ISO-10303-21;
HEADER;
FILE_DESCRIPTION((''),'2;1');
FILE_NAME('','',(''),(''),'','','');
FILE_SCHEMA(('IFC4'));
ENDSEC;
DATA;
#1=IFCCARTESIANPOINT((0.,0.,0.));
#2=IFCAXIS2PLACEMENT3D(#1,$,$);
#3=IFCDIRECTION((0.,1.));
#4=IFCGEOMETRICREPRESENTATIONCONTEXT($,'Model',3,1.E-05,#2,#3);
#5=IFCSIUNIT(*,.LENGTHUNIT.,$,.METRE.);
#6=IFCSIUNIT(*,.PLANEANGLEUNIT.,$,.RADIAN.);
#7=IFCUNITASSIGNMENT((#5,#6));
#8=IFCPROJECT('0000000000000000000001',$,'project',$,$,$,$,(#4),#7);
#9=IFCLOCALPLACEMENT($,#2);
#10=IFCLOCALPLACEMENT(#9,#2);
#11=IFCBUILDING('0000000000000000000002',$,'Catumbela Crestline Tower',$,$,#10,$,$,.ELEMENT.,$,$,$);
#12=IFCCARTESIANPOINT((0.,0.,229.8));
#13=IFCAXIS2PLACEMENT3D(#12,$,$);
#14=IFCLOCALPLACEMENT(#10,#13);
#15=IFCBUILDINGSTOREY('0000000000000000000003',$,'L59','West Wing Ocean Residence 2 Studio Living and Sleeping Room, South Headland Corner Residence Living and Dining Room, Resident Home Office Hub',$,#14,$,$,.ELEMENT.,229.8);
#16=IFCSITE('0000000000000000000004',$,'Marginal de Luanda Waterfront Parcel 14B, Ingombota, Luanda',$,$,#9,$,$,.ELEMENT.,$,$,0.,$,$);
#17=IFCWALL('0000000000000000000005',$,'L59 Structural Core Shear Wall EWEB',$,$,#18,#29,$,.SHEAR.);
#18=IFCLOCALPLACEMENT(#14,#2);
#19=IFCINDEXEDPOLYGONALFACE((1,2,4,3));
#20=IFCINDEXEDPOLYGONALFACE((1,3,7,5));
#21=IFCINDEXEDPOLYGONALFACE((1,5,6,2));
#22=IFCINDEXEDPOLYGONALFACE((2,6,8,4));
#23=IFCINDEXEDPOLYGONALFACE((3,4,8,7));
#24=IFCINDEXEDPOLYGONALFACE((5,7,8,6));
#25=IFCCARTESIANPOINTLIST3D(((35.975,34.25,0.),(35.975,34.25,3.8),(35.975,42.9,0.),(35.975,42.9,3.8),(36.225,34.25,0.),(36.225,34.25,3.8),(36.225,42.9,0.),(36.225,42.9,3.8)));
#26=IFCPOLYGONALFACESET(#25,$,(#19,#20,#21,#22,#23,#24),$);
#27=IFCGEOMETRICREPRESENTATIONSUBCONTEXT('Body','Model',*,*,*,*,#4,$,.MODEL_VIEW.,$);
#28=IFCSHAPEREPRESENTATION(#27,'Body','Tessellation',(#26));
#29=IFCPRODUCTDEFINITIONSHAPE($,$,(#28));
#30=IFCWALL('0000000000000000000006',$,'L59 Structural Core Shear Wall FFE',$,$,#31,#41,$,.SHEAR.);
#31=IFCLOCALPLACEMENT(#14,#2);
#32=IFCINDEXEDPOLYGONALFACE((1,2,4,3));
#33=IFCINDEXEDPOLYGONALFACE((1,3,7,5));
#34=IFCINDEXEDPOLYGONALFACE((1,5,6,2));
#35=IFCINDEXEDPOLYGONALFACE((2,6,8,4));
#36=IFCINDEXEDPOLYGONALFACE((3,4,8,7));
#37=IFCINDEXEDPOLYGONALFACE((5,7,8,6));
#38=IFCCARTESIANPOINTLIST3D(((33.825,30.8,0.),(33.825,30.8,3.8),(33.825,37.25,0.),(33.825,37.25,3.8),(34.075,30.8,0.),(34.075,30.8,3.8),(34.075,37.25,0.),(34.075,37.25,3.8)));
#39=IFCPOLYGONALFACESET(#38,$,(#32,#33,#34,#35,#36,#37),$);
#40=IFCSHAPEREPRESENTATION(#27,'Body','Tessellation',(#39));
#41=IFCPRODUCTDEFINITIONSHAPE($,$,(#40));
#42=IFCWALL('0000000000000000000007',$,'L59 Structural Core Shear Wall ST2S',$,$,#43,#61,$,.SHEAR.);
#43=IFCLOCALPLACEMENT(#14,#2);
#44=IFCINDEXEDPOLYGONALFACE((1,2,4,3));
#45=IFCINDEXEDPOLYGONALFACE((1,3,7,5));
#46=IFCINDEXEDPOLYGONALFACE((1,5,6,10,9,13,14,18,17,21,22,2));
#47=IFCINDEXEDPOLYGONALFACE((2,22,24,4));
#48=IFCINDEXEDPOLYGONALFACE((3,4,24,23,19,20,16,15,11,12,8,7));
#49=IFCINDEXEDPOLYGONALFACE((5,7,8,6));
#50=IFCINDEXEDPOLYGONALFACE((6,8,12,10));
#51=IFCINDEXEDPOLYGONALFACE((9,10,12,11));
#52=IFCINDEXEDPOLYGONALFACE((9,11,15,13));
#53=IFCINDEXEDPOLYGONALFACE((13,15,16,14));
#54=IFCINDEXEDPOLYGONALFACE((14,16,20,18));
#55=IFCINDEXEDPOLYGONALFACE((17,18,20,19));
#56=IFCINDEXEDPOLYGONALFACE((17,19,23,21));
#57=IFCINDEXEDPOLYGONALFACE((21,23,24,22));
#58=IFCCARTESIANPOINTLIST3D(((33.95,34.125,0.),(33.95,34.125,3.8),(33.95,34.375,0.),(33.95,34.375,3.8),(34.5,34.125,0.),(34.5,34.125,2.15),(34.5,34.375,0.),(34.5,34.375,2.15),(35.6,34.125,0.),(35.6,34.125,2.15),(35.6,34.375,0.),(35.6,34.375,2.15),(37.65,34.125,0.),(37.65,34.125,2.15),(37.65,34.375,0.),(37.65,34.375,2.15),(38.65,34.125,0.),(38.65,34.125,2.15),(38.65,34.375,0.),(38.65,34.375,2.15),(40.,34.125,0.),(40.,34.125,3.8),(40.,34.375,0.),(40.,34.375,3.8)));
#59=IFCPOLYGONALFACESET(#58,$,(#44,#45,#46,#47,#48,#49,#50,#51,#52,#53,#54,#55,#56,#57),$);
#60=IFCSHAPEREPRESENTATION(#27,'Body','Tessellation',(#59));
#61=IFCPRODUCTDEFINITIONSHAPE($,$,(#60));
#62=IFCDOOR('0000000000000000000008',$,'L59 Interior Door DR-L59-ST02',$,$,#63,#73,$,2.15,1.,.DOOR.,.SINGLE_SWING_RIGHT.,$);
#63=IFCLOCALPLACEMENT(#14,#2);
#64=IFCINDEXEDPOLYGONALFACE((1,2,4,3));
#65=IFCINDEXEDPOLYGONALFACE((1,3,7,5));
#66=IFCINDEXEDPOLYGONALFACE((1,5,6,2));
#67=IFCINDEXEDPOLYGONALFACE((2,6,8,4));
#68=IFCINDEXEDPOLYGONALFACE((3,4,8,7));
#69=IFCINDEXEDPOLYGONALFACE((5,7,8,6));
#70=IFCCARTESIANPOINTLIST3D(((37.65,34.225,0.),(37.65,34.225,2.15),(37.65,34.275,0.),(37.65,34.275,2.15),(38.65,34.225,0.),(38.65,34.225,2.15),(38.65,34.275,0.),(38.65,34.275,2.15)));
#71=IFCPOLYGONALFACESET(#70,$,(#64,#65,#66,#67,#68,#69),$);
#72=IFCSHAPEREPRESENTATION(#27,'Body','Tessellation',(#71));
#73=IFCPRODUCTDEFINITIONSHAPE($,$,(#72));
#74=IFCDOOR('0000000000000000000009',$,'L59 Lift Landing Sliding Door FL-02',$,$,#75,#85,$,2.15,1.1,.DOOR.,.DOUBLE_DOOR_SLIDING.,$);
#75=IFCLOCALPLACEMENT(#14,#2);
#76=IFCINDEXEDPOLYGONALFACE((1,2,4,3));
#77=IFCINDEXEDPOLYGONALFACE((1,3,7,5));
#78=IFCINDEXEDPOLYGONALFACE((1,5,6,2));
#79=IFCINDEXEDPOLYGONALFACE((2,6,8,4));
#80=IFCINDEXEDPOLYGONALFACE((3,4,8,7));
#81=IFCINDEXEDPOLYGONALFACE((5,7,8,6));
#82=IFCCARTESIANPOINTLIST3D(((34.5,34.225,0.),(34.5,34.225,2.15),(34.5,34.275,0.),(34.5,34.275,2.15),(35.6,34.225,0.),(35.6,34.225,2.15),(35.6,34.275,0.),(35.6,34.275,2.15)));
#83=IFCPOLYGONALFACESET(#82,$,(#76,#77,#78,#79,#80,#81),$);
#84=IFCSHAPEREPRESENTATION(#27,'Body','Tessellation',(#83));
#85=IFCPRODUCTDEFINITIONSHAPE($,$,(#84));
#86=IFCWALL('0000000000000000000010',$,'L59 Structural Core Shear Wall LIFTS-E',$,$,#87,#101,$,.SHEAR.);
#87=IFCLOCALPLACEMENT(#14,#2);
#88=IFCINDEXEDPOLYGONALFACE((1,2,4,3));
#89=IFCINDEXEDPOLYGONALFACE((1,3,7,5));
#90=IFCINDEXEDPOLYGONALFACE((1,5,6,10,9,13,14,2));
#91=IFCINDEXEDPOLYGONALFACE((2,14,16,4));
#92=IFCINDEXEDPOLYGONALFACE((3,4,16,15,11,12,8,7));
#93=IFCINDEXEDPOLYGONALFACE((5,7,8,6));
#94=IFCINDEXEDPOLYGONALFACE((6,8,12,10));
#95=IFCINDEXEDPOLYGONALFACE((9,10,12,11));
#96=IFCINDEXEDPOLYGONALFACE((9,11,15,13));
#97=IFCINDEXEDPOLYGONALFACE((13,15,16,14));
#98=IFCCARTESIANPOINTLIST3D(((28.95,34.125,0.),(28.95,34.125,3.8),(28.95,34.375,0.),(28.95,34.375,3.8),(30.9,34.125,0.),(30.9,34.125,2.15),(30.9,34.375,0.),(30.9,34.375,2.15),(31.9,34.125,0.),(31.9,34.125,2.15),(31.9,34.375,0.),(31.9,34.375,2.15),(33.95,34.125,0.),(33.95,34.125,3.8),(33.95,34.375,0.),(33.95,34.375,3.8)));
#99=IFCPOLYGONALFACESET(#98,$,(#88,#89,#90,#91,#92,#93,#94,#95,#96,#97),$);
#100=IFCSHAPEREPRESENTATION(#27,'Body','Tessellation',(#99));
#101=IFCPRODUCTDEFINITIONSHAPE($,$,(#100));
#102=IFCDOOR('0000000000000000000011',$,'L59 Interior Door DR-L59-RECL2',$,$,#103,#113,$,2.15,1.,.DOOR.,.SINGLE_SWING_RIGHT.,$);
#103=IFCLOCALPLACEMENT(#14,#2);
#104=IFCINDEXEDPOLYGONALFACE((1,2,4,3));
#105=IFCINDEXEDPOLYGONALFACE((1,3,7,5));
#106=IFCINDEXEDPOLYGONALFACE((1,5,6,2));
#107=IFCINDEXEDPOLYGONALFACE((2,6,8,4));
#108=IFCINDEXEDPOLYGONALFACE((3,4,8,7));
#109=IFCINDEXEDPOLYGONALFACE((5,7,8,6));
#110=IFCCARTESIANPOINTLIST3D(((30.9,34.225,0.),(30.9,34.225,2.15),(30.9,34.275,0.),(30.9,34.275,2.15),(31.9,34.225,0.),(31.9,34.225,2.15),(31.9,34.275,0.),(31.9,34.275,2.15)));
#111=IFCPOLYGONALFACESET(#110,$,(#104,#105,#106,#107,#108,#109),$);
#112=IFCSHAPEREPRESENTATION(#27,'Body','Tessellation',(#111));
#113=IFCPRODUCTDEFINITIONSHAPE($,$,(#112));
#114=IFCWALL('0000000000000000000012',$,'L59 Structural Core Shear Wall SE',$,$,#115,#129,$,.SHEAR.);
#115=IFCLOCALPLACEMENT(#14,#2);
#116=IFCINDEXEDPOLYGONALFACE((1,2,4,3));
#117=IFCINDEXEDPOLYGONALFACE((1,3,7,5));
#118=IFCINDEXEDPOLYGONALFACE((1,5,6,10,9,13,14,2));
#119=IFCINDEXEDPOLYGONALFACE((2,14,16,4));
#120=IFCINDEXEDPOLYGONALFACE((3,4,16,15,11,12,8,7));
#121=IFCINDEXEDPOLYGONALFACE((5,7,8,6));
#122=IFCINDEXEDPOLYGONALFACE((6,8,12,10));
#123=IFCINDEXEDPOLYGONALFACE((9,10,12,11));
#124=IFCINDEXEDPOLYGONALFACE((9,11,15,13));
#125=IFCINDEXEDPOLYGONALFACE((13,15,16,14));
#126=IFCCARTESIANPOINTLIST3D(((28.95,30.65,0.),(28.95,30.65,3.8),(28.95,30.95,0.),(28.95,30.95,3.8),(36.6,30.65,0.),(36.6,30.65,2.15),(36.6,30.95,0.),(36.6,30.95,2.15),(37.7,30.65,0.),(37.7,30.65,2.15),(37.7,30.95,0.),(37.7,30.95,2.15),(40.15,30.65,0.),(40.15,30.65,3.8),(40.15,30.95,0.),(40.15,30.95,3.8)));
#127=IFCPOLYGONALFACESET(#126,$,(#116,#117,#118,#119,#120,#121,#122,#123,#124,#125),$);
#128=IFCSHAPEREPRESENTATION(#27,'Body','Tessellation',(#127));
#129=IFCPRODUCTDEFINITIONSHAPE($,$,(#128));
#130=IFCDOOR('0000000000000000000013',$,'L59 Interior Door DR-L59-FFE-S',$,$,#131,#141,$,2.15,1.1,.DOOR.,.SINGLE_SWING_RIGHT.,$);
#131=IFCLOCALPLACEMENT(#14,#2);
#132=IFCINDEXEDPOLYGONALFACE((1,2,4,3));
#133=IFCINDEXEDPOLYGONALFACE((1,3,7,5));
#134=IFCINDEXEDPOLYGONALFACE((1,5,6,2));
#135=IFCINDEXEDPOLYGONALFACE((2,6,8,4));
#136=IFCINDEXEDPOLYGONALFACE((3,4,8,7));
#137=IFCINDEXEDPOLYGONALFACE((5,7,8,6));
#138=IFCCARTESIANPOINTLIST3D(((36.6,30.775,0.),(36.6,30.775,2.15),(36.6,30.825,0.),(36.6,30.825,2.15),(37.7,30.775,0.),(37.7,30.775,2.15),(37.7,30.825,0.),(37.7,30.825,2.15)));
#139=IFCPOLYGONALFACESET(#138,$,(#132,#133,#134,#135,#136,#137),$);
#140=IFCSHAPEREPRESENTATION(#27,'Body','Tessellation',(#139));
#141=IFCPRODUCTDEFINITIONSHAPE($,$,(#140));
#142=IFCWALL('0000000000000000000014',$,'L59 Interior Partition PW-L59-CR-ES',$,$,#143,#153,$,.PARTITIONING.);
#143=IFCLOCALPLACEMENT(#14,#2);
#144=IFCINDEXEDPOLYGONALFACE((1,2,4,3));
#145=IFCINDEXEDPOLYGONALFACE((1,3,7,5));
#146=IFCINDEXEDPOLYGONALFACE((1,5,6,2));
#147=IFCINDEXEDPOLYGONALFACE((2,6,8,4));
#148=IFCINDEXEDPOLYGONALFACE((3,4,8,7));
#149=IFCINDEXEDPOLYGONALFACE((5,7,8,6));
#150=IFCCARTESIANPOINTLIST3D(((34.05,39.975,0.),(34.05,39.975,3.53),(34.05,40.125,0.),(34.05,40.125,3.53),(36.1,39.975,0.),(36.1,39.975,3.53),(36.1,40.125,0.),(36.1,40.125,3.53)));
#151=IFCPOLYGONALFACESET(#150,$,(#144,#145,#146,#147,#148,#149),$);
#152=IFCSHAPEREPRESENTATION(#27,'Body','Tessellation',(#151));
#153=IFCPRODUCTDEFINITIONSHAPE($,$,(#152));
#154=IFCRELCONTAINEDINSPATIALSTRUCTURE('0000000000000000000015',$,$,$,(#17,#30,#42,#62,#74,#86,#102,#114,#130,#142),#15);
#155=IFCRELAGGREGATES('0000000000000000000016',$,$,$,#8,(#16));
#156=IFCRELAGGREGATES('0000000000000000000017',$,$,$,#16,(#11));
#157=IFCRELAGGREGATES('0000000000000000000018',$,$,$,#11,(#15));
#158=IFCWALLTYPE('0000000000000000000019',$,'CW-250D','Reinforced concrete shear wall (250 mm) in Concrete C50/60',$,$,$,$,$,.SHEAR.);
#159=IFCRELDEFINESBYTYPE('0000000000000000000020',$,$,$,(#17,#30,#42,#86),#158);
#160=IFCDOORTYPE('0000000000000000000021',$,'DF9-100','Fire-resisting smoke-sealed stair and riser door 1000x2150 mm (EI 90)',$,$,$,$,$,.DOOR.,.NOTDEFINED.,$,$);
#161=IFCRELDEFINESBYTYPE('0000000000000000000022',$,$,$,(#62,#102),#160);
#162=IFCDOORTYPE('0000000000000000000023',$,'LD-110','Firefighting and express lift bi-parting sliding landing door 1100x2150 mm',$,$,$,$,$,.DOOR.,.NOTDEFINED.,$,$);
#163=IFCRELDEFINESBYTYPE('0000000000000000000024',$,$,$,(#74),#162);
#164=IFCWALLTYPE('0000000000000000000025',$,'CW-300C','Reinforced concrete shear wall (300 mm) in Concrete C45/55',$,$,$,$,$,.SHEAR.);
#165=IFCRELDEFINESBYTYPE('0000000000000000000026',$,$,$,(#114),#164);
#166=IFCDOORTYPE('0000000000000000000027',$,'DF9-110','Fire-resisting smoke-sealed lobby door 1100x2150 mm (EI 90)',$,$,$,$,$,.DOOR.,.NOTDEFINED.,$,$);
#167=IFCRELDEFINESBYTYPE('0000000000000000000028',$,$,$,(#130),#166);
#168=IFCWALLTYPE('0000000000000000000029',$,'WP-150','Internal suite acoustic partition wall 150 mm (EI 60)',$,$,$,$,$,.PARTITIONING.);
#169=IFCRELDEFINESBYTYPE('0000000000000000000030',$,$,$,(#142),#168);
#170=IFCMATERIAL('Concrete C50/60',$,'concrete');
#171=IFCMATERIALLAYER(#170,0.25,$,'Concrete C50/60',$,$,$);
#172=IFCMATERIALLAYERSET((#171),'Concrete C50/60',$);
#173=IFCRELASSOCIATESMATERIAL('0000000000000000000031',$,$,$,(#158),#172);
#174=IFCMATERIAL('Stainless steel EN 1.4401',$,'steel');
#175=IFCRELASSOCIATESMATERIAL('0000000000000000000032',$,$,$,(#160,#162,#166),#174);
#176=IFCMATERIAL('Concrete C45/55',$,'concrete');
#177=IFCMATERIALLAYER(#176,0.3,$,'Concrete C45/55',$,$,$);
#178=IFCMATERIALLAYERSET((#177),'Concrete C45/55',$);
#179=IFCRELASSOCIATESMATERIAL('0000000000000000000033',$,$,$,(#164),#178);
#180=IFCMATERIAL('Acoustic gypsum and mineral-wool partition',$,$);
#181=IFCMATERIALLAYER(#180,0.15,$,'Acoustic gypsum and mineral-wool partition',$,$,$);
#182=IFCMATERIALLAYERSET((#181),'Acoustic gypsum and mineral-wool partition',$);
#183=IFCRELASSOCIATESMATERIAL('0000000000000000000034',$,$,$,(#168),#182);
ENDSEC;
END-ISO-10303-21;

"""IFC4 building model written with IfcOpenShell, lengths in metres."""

from ifc_helpers import new_model, si_unit, direction, frame, frame_2d, origin, place, context, subcontext, project, spatial, rectangle, extrude, material, layer, layer_set, type_object, element, fill, save


model = new_model("IFC4")

# Units and contexts
model_context = context("Model", 3, precision=1e-05, world=origin(), true_north=direction((0.0, 1.0)))
body_context = subcontext(model_context, "Body", "Model", "MODEL_VIEW")
ifc_project = project(units=[si_unit("LENGTHUNIT", "METRE"), si_unit("PLANEANGLEUNIT", "RADIAN")], contexts=[model_context])

# Site, building, storey
site_placement = place(None, origin())
site = spatial("IfcSite", under=ifc_project, at=site_placement, Name="Marginal de Luanda Waterfront Parcel 14B, Ingombota, Luanda", CompositionType="ELEMENT", RefElevation=0.0)
building_placement = place(site_placement, origin())
building = spatial("IfcBuilding", under=site, at=building_placement, Name="Catumbela Crestline Tower", CompositionType="ELEMENT")
storey_placement = place(building_placement, frame((0.0, 0.0, 229.8)))
storey = spatial("IfcBuildingStorey", under=building, at=storey_placement, Name="L59", Description="West Wing Ocean Residence 2 Studio Living and Sleeping Room, South Headland Corner Residence Living and Dining Room, Resident Home Office Hub", CompositionType="ELEMENT", Elevation=229.8)

# Walls
ifc_material_1 = material(Name="Concrete C50/60", Category="concrete")
ifc_layer_1 = layer(ifc_material_1, 0.25, Name="Concrete C50/60")
ifc_layer_set_1 = layer_set([ifc_layer_1], Name="Concrete C50/60")
wall_type_1 = type_object("IfcWallType", Name="CW-250D", Description="Reinforced concrete shear wall (250 mm) in Concrete C50/60", PredefinedType="SHEAR", material=ifc_layer_set_1)
wall_1_placement = place(storey_placement, frame((36.1, 34.25, 0.0), z_axis=(0.0, 0.0, 1.0), x_axis=(0.0, 1.0, 0.0)))
element("IfcWall", 1, at=wall_1_placement, inside=storey, type_object=wall_type_1, Name="L59 Structural Core Shear Wall EWEB", PredefinedType="SHEAR", context=body_context, shape_type="SweptSolid", body=[
    extrude(rectangle(XDim=8.65, YDim=0.25, at=frame_2d((4.325, 0.0))), origin(), (0.0, 0.0, 1.0), 3.8),
])
wall_2_placement = place(storey_placement, frame((33.95, 30.8, 0.0), z_axis=(0.0, 0.0, 1.0), x_axis=(0.0, 1.0, 0.0)))
element("IfcWall", 2, at=wall_2_placement, inside=storey, type_object=wall_type_1, Name="L59 Structural Core Shear Wall FFE", PredefinedType="SHEAR", context=body_context, shape_type="SweptSolid", body=[
    extrude(rectangle(XDim=6.45, YDim=0.25, at=frame_2d((3.225, 0.0))), origin(), (0.0, 0.0, 1.0), 3.8),
])

# Wall, openings, doors
wall_3_placement = place(storey_placement, frame((33.95, 34.25, 0.0), z_axis=(0.0, 0.0, 1.0), x_axis=(1.0, 0.0, 0.0)))
wall_3 = element("IfcWall", 3, at=wall_3_placement, inside=storey, type_object=wall_type_1, Name="L59 Structural Core Shear Wall ST2S", PredefinedType="SHEAR", context=body_context, shape_type="SweptSolid", body=[
    extrude(rectangle(XDim=6.05, YDim=0.25, at=frame_2d((3.025, 0.0))), origin(), (0.0, 0.0, 1.0), 3.8),
])
opening_1_placement = place(wall_3_placement, frame((3.7, 0.0, 0.0)))
opening_1 = element("IfcOpeningElement", 4, at=opening_1_placement, cuts=wall_3, PredefinedType="OPENING", context=body_context, shape_type="SweptSolid", body=[
    extrude(rectangle(XDim=1.0, YDim=2.15, at=frame_2d((0.5, 1.075))), frame((0.0, 0.135, 0.0), z_axis=(0.0, -1.0, 0.0), x_axis=(1.0, 0.0, 0.0)), (0.0, 0.0, 1.0), 0.27),
])
opening_2_placement = place(wall_3_placement, frame((0.55, 0.0, 0.0)))
opening_2 = element("IfcOpeningElement", 5, at=opening_2_placement, cuts=wall_3, PredefinedType="OPENING", context=body_context, shape_type="SweptSolid", body=[
    extrude(rectangle(XDim=1.1, YDim=2.15, at=frame_2d((0.55, 1.075))), frame((0.0, 0.135, 0.0), z_axis=(0.0, -1.0, 0.0), x_axis=(1.0, 0.0, 0.0)), (0.0, 0.0, 1.0), 0.27),
])
ifc_material_2 = material(Name="Stainless steel EN 1.4401", Category="steel")
door_type_1 = type_object("IfcDoorType", Name="DF9-100", Description="Fire-resisting smoke-sealed stair and riser door 1000x2150 mm (EI 90)", OperationType="NOTDEFINED", PredefinedType="DOOR", material=ifc_material_2)
door_1_placement = place(opening_1_placement, origin())
door_1 = element("IfcDoor", 6, at=door_1_placement, inside=storey, type_object=door_type_1, Name="L59 Interior Door DR-L59-ST02", OperationType="SINGLE_SWING_RIGHT", OverallHeight=2.15, OverallWidth=1.0, PredefinedType="DOOR", context=body_context, shape_type="SweptSolid", body=[
    extrude(rectangle(XDim=1.0, YDim=2.15, at=frame_2d((0.5, 1.075))), frame((0.0, 0.025, 0.0), z_axis=(0.0, -1.0, 0.0), x_axis=(1.0, 0.0, 0.0)), (0.0, 0.0, 1.0), 0.05),
])
fill(opening_1, door_1)
door_type_2 = type_object("IfcDoorType", Name="LD-110", Description="Firefighting and express lift bi-parting sliding landing door 1100x2150 mm", OperationType="NOTDEFINED", PredefinedType="DOOR", material=ifc_material_2)
door_2_placement = place(opening_2_placement, origin())
door_2 = element("IfcDoor", 7, at=door_2_placement, inside=storey, type_object=door_type_2, Name="L59 Lift Landing Sliding Door FL-02", OperationType="DOUBLE_DOOR_SLIDING", OverallHeight=2.15, OverallWidth=1.1, PredefinedType="DOOR", context=body_context, shape_type="SweptSolid", body=[
    extrude(rectangle(XDim=1.1, YDim=2.15, at=frame_2d((0.55, 1.075))), frame((0.0, 0.025, 0.0), z_axis=(0.0, -1.0, 0.0), x_axis=(1.0, 0.0, 0.0)), (0.0, 0.0, 1.0), 0.05),
])
fill(opening_2, door_2)

# Walls, openings, doors
wall_4_placement = place(storey_placement, frame((28.95, 34.25, 0.0), z_axis=(0.0, 0.0, 1.0), x_axis=(1.0, 0.0, 0.0)))
wall_4 = element("IfcWall", 8, at=wall_4_placement, inside=storey, type_object=wall_type_1, Name="L59 Structural Core Shear Wall LIFTS-E", PredefinedType="SHEAR", context=body_context, shape_type="SweptSolid", body=[
    extrude(rectangle(XDim=5.0, YDim=0.25, at=frame_2d((2.5, 0.0))), origin(), (0.0, 0.0, 1.0), 3.8),
])
opening_3_placement = place(wall_4_placement, frame((1.95, 0.0, 0.0)))
opening_3 = element("IfcOpeningElement", 9, at=opening_3_placement, cuts=wall_4, PredefinedType="OPENING", context=body_context, shape_type="SweptSolid", body=[
    extrude(rectangle(XDim=1.0, YDim=2.15, at=frame_2d((0.5, 1.075))), frame((0.0, 0.135, 0.0), z_axis=(0.0, -1.0, 0.0), x_axis=(1.0, 0.0, 0.0)), (0.0, 0.0, 1.0), 0.27),
])
door_3_placement = place(opening_3_placement, origin())
door_3 = element("IfcDoor", 10, at=door_3_placement, inside=storey, type_object=door_type_1, Name="L59 Interior Door DR-L59-RECL2", OperationType="SINGLE_SWING_RIGHT", OverallHeight=2.15, OverallWidth=1.0, PredefinedType="DOOR", context=body_context, shape_type="SweptSolid", body=[
    extrude(rectangle(XDim=1.0, YDim=2.15, at=frame_2d((0.5, 1.075))), frame((0.0, 0.025, 0.0), z_axis=(0.0, -1.0, 0.0), x_axis=(1.0, 0.0, 0.0)), (0.0, 0.0, 1.0), 0.05),
])
fill(opening_3, door_3)
ifc_material_3 = material(Name="Concrete C45/55", Category="concrete")
ifc_layer_2 = layer(ifc_material_3, 0.3, Name="Concrete C45/55")
ifc_layer_set_2 = layer_set([ifc_layer_2], Name="Concrete C45/55")
wall_type_2 = type_object("IfcWallType", Name="CW-300C", Description="Reinforced concrete shear wall (300 mm) in Concrete C45/55", PredefinedType="SHEAR", material=ifc_layer_set_2)
wall_5_placement = place(storey_placement, frame((28.95, 30.8, 0.0), z_axis=(0.0, 0.0, 1.0), x_axis=(1.0, 0.0, 0.0)))
wall_5 = element("IfcWall", 11, at=wall_5_placement, inside=storey, type_object=wall_type_2, Name="L59 Structural Core Shear Wall SE", PredefinedType="SHEAR", context=body_context, shape_type="SweptSolid", body=[
    extrude(rectangle(XDim=11.2, YDim=0.3, at=frame_2d((5.6, 0.0))), origin(), (0.0, 0.0, 1.0), 3.8),
])
opening_4_placement = place(wall_5_placement, frame((7.65, 0.0, 0.0)))
opening_4 = element("IfcOpeningElement", 12, at=opening_4_placement, cuts=wall_5, PredefinedType="OPENING", context=body_context, shape_type="SweptSolid", body=[
    extrude(rectangle(XDim=1.1, YDim=2.15, at=frame_2d((0.55, 1.075))), frame((0.0, 0.16, 0.0), z_axis=(0.0, -1.0, 0.0), x_axis=(1.0, 0.0, 0.0)), (0.0, 0.0, 1.0), 0.32),
])
door_type_3 = type_object("IfcDoorType", Name="DF9-110", Description="Fire-resisting smoke-sealed lobby door 1100x2150 mm (EI 90)", OperationType="NOTDEFINED", PredefinedType="DOOR", material=ifc_material_2)
door_4_placement = place(opening_4_placement, origin())
door_4 = element("IfcDoor", 13, at=door_4_placement, inside=storey, type_object=door_type_3, Name="L59 Interior Door DR-L59-FFE-S", OperationType="SINGLE_SWING_RIGHT", OverallHeight=2.15, OverallWidth=1.1, PredefinedType="DOOR", context=body_context, shape_type="SweptSolid", body=[
    extrude(rectangle(XDim=1.1, YDim=2.15, at=frame_2d((0.55, 1.075))), frame((0.0, 0.025, 0.0), z_axis=(0.0, -1.0, 0.0), x_axis=(1.0, 0.0, 0.0)), (0.0, 0.0, 1.0), 0.05),
])
fill(opening_4, door_4)

# Wall
ifc_material_4 = material(Name="Acoustic gypsum and mineral-wool partition")
ifc_layer_3 = layer(ifc_material_4, 0.15, Name="Acoustic gypsum and mineral-wool partition")
ifc_layer_set_3 = layer_set([ifc_layer_3], Name="Acoustic gypsum and mineral-wool partition")
wall_type_3 = type_object("IfcWallType", Name="WP-150", Description="Internal suite acoustic partition wall 150 mm (EI 60)", PredefinedType="PARTITIONING", material=ifc_layer_set_3)
wall_6_placement = place(storey_placement, frame((34.05, 40.05, 0.0), z_axis=(0.0, 0.0, 1.0), x_axis=(1.0, 0.0, 0.0)))
element("IfcWall", 14, at=wall_6_placement, inside=storey, type_object=wall_type_3, Name="L59 Interior Partition PW-L59-CR-ES", PredefinedType="PARTITIONING", context=body_context, shape_type="SweptSolid", body=[
    extrude(rectangle(XDim=2.05, YDim=0.15, at=frame_2d((1.025, 0.0))), origin(), (0.0, 0.0, 1.0), 3.53),
])

save(model, "model.ifc")
